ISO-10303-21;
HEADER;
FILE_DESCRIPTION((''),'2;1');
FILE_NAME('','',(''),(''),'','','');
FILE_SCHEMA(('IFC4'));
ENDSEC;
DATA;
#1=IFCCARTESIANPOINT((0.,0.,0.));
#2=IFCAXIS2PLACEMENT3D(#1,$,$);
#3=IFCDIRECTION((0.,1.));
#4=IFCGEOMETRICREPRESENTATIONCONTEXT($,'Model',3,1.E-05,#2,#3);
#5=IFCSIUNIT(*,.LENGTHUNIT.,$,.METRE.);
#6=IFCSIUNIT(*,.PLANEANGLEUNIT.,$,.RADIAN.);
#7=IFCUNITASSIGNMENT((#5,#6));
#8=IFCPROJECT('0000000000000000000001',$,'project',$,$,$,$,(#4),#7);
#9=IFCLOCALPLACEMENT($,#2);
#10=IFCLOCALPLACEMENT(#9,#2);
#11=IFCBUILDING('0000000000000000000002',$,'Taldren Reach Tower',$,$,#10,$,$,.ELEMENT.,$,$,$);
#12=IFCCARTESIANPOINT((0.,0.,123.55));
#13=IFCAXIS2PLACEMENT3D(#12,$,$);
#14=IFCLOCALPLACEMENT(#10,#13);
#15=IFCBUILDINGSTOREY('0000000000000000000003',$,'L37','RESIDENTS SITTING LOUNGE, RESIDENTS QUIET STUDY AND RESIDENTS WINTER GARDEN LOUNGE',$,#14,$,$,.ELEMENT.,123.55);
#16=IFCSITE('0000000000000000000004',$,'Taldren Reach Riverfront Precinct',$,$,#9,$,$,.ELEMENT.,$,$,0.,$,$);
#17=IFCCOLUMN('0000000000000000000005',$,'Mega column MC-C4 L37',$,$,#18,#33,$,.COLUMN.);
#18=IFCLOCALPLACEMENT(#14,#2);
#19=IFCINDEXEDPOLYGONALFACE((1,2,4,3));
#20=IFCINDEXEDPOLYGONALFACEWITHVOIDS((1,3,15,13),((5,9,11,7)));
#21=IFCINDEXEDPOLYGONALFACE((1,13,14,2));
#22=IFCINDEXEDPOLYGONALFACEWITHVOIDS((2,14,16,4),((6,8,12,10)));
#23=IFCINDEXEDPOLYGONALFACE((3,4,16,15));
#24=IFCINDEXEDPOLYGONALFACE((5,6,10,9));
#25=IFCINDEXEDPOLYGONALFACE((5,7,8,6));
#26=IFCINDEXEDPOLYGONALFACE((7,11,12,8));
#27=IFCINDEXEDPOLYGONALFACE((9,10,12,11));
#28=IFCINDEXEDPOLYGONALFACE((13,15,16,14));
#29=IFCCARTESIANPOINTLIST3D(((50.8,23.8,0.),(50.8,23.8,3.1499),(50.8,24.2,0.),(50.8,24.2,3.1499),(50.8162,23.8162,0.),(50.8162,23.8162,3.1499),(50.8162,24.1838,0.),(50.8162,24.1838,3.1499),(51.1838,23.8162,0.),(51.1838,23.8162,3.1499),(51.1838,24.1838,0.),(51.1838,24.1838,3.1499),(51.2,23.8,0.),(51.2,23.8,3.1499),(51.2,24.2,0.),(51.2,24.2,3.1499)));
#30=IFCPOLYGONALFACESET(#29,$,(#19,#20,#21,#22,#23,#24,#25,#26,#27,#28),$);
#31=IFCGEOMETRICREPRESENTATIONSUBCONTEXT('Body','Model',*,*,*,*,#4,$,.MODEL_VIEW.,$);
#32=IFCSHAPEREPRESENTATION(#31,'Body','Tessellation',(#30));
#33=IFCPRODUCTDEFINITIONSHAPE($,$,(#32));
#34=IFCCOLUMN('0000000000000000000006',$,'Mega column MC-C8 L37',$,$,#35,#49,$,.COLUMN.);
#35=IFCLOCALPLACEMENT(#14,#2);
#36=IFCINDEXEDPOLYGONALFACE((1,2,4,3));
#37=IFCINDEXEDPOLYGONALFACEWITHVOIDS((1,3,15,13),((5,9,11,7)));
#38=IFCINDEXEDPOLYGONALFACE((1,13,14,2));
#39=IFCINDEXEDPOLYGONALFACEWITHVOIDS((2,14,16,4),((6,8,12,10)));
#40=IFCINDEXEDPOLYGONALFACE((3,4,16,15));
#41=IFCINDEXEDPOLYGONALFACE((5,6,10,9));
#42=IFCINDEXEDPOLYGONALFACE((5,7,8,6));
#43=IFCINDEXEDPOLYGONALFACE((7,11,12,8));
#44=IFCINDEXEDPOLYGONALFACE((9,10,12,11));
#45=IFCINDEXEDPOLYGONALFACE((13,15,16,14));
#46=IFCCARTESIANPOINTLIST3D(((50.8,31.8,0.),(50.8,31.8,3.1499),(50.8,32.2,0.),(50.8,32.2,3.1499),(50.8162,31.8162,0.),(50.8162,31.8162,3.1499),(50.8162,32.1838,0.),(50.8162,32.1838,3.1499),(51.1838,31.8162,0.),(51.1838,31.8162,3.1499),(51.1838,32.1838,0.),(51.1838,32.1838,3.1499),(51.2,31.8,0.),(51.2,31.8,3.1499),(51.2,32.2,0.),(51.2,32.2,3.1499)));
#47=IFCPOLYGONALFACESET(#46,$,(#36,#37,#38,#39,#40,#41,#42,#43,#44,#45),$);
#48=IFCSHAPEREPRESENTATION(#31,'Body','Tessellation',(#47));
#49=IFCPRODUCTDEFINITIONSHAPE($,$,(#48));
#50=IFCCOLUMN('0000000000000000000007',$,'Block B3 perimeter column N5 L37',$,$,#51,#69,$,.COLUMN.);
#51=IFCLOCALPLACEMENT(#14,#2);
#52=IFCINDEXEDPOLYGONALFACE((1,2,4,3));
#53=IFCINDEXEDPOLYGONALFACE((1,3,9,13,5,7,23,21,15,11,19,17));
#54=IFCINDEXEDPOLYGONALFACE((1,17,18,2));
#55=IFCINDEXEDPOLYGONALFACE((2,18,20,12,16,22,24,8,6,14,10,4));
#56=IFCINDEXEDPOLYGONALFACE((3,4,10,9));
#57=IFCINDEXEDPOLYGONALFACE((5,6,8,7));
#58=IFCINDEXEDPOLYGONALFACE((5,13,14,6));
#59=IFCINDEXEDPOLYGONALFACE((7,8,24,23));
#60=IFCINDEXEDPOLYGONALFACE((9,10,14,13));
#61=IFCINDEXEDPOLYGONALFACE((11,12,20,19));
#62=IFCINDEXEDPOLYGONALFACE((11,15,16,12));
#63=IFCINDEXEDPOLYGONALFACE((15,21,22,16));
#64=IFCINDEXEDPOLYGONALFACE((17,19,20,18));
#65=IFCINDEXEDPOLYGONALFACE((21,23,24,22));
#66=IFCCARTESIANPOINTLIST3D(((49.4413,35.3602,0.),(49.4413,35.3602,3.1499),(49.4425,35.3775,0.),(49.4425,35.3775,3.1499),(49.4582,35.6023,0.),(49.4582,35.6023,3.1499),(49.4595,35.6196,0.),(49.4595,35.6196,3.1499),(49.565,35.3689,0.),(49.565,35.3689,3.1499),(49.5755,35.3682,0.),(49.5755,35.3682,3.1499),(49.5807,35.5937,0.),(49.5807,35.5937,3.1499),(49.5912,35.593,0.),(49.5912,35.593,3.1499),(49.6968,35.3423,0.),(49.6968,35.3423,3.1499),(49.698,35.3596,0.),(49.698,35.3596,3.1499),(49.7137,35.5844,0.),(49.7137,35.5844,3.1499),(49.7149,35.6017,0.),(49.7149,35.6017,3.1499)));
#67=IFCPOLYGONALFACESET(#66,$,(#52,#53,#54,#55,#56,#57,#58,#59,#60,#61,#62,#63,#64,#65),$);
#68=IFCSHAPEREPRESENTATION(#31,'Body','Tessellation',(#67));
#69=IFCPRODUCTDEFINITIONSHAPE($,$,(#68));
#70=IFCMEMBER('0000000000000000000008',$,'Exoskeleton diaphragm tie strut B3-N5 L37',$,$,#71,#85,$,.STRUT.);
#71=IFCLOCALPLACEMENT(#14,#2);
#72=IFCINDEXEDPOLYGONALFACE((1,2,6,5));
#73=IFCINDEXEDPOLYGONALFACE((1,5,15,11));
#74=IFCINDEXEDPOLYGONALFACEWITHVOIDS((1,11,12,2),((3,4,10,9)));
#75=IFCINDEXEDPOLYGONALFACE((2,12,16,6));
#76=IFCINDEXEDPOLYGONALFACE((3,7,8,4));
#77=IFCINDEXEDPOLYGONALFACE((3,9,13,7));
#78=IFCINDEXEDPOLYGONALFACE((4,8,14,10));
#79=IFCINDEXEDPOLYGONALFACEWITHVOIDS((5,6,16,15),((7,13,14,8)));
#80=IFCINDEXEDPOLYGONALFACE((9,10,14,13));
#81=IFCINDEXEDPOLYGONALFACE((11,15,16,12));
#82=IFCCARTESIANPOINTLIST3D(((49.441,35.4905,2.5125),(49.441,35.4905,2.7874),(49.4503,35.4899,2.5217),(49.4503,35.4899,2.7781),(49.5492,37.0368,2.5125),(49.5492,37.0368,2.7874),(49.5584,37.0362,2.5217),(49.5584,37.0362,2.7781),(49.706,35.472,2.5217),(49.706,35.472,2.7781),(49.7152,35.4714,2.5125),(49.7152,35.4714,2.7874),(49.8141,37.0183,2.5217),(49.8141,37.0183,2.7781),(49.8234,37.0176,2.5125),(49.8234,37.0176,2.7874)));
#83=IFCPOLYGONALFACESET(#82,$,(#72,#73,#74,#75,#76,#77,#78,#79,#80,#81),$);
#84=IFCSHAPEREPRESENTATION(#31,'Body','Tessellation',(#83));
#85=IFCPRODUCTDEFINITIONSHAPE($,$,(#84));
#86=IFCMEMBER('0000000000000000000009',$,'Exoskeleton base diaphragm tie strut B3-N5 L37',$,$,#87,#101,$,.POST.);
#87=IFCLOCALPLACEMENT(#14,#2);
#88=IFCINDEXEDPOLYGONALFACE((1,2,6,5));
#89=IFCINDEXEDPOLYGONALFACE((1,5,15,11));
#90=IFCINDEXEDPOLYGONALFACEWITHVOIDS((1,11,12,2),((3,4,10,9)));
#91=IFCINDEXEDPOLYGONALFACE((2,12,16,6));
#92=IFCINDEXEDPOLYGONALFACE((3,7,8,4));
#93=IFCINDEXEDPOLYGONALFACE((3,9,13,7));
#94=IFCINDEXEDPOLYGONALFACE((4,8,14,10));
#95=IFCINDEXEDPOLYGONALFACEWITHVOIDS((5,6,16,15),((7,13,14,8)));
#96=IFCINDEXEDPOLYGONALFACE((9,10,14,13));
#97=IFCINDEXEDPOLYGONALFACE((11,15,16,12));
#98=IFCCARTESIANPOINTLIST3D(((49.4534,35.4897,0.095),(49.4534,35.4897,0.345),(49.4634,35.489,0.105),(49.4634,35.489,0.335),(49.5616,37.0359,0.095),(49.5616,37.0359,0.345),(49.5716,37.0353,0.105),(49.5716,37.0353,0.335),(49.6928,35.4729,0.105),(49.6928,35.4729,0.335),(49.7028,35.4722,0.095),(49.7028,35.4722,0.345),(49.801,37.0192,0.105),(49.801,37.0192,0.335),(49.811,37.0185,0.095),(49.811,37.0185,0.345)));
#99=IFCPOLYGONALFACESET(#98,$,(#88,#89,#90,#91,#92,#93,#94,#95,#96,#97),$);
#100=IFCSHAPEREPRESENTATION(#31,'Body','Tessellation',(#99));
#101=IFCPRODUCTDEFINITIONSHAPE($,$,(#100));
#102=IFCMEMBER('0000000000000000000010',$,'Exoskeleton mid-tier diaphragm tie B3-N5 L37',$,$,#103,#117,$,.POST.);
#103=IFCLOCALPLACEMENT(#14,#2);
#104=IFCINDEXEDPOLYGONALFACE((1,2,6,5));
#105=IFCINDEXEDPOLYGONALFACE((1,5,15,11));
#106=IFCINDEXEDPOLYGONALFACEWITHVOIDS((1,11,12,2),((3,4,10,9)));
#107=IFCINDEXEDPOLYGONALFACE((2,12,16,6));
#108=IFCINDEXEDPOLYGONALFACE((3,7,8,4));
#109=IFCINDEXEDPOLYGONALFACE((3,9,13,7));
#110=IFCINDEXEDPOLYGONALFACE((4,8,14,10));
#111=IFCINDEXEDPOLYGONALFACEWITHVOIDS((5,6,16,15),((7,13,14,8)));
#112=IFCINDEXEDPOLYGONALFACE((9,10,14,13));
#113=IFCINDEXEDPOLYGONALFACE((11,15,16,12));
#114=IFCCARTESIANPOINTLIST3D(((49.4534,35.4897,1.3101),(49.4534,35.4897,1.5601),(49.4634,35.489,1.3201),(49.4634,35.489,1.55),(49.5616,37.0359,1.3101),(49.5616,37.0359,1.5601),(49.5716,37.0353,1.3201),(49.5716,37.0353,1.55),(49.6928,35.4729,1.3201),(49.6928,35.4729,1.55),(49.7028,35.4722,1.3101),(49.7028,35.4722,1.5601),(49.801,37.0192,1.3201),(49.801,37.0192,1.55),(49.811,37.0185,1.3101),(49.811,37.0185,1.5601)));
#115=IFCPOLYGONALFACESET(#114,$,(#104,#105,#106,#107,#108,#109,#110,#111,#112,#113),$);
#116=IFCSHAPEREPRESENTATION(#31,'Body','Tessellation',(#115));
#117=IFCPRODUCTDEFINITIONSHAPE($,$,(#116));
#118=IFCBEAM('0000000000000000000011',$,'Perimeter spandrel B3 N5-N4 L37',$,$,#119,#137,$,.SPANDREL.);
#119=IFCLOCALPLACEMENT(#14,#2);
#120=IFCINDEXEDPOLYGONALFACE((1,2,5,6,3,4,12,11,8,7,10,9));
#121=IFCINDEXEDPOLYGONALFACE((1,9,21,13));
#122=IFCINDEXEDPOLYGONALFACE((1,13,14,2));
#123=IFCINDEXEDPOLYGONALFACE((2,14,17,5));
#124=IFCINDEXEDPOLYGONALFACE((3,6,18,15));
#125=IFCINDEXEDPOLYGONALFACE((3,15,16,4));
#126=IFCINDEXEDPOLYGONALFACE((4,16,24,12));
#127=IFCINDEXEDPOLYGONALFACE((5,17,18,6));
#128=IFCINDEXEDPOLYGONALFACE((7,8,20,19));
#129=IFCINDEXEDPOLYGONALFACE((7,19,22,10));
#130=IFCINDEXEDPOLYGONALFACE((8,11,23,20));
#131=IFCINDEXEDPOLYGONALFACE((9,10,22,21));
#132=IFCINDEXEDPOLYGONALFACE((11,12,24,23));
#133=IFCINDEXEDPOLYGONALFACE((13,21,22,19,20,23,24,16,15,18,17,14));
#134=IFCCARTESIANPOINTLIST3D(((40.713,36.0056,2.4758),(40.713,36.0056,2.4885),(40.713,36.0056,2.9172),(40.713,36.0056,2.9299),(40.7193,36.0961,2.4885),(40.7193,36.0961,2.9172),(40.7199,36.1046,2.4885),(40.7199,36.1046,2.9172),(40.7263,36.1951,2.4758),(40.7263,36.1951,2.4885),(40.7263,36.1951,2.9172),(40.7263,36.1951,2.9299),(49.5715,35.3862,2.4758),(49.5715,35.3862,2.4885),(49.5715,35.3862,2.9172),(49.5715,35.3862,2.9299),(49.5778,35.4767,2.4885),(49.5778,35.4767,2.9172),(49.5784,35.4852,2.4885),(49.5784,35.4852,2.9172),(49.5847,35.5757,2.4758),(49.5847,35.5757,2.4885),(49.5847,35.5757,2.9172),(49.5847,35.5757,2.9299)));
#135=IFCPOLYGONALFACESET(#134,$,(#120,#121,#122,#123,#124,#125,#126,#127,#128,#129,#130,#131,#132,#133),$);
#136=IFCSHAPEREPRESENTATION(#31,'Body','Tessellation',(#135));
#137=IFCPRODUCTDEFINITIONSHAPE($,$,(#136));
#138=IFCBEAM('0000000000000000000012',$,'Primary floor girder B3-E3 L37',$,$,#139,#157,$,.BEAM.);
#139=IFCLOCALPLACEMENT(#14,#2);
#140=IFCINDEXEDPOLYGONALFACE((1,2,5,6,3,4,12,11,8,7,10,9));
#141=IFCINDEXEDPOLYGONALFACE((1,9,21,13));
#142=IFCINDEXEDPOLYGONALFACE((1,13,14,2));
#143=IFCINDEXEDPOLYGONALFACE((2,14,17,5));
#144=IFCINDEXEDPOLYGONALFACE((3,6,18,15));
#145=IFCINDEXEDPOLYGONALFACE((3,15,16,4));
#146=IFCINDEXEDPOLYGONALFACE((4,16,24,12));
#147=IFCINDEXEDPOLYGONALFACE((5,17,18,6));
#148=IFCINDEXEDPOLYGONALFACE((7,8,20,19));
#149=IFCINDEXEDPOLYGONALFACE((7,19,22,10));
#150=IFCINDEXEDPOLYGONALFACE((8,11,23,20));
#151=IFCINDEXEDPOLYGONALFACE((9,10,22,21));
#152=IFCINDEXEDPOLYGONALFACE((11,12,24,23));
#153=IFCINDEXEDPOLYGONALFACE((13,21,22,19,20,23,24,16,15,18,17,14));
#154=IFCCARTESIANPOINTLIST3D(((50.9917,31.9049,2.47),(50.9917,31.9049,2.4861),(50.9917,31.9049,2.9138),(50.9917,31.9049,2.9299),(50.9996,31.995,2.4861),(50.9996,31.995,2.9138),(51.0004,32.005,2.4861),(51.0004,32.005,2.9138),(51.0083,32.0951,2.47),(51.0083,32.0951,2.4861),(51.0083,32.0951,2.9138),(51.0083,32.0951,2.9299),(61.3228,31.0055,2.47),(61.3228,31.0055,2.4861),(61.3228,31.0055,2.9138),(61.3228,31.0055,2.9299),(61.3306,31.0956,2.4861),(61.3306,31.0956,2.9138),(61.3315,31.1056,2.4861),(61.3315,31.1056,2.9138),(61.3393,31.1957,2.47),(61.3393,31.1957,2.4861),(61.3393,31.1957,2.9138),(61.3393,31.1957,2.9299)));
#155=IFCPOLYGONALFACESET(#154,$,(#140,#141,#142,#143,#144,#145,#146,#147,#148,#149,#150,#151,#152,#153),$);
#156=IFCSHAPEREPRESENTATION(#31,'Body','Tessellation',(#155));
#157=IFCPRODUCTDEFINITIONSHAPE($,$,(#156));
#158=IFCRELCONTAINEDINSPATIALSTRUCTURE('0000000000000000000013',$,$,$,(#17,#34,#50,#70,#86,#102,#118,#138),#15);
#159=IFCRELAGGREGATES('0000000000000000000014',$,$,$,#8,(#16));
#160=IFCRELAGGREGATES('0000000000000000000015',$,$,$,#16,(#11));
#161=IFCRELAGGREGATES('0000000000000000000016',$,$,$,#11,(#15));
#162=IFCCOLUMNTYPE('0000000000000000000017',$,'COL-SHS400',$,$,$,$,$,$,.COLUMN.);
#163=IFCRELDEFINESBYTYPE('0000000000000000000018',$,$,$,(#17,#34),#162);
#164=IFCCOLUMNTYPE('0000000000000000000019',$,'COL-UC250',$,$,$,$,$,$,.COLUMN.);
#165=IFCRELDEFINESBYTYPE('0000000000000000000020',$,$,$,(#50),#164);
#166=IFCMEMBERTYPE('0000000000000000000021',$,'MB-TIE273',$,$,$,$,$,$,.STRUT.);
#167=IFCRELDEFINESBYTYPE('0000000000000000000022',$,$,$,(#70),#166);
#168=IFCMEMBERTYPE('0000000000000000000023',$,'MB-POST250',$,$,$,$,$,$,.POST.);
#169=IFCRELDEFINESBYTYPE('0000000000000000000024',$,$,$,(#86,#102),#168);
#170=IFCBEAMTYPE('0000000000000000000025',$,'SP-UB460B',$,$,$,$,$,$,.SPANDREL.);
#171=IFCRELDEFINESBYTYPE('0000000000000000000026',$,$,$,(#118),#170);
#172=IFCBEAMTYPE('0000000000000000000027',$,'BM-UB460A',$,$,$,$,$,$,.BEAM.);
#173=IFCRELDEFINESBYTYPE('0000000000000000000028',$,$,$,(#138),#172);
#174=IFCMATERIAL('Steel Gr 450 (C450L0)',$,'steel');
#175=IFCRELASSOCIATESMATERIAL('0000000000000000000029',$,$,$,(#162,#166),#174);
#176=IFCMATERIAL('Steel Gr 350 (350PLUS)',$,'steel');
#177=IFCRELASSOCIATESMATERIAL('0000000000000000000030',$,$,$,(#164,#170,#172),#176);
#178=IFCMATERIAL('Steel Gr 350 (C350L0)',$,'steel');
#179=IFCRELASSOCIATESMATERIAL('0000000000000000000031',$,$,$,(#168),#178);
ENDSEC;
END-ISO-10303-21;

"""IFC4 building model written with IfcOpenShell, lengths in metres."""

from ifc_helpers import new_model, si_unit, direction, frame, origin, origin_2d, place, context, subcontext, project, spatial, hollow_rectangle, i_section, extrude, source, transform, mapped, material, material_profile, profile_set, type_object, element, save


model = new_model("IFC4")

# Units and contexts
model_context = context("Model", 3, precision=1e-05, world=origin(), true_north=direction((0.0, 1.0)))
body_context = subcontext(model_context, "Body", "Model", "MODEL_VIEW")
ifc_project = project(units=[si_unit("LENGTHUNIT", "METRE"), si_unit("PLANEANGLEUNIT", "RADIAN")], contexts=[model_context])

# Site, building, storey
site_placement = place(None, origin())
site = spatial("IfcSite", under=ifc_project, at=site_placement, Name="Taldren Reach Riverfront Precinct", CompositionType="ELEMENT", RefElevation=0.0)
building_placement = place(site_placement, origin())
building = spatial("IfcBuilding", under=site, at=building_placement, Name="Taldren Reach Tower", CompositionType="ELEMENT")
storey_placement = place(building_placement, frame((0.0, 0.0, 123.55)))
storey = spatial("IfcBuildingStorey", under=building, at=storey_placement, Name="L37", Description="RESIDENTS SITTING LOUNGE, RESIDENTS QUIET STUDY AND RESIDENTS WINTER GARDEN LOUNGE", CompositionType="ELEMENT", Elevation=123.55)

# Columns
ifc_material_1 = material(Name="Steel Gr 450 (C450L0)", Category="steel")
ifc_material_profile_1 = material_profile(ifc_material_1, hollow_rectangle(XDim=0.3999, YDim=0.3999, WallThickness=0.0161, at=origin_2d()), Name="400x400x16.0SHS")
ifc_profile_set_1 = profile_set([ifc_material_profile_1], Name="Steel Gr 450 (C450L0)")
column_type_1 = type_object("IfcColumnType", Name="COL-SHS400", PredefinedType="COLUMN", material=ifc_profile_set_1)
shared_shape_1 = source(origin(), body_context, "Body", "SweptSolid", [
    extrude(hollow_rectangle(XDim=0.3999, YDim=0.3999, WallThickness=0.0161, at=origin_2d()), origin(), (0.0, 0.0, 1.0), 3.1499),
])
for number, where, z_axis, x_axis, name in (
    (1, (51.0, 24.0, 0.0), (0.0, 0.0, 1.0), (1.0, 0.0, 0.0), "Mega column MC-C4 L37"),
    (2, (51.0, 32.0, 0.0), (0.0, 0.0, 1.0), (1.0, 0.0, 0.0), "Mega column MC-C8 L37"),
):
    element("IfcColumn", number, at=place(storey_placement, frame(where, z_axis=z_axis, x_axis=x_axis)), inside=storey, type_object=column_type_1, Name=name, PredefinedType="COLUMN", context=body_context, shape_type="MappedRepresentation", body=[
        mapped(shared_shape_1, transform((0.0, 0.0, 0.0), scale=1.0)),
    ])
ifc_material_2 = material(Name="Steel Gr 350 (350PLUS)", Category="steel")
ifc_material_profile_2 = material_profile(ifc_material_2, i_section(OverallWidth=0.2561, OverallDepth=0.26, WebThickness=0.0105, FlangeThickness=0.0173, at=origin_2d()), Name="250UC89.5")
ifc_profile_set_2 = profile_set([ifc_material_profile_2], Name="Steel Gr 350 (350PLUS)")
column_type_2 = type_object("IfcColumnType", Name="COL-UC250", PredefinedType="COLUMN", material=ifc_profile_set_2)
shared_shape_2 = source(origin(), body_context, "Body", "SweptSolid", [
    extrude(i_section(OverallWidth=0.2561, OverallDepth=0.26, WebThickness=0.0105, FlangeThickness=0.0173, at=origin_2d()), origin(), (0.0, 0.0, 1.0), 3.1499),
])
column_placement = place(storey_placement, frame((49.5781, 35.481, 0.0), z_axis=(0.0, 0.0, 1.0), x_axis=(0.997564, -0.069756, 0.0)))
element("IfcColumn", 3, at=column_placement, inside=storey, type_object=column_type_2, Name="Block B3 perimeter column N5 L37", PredefinedType="COLUMN", context=body_context, shape_type="MappedRepresentation", body=[
    mapped(shared_shape_2, transform((0.0, 0.0, 0.0), scale=1.0)),
])

# Members
ifc_material_profile_3 = material_profile(ifc_material_1, hollow_rectangle(XDim=0.2749, YDim=0.2749, WallThickness=0.0093, at=origin_2d()), Name="275x275x9.3SHS")
ifc_profile_set_3 = profile_set([ifc_material_profile_3], Name="Steel Gr 450 (C450L0)")
member_type_1 = type_object("IfcMemberType", Name="MB-TIE273", PredefinedType="STRUT", material=ifc_profile_set_3)
shared_shape_3 = source(origin(), body_context, "Body", "SweptSolid", [
    extrude(hollow_rectangle(XDim=0.2749, YDim=0.2749, WallThickness=0.0093, at=origin_2d()), origin(), (0.0, 0.0, 1.0), 1.55),
])
member_1_placement = place(storey_placement, frame((49.5781, 35.481, 2.6499), z_axis=(0.06977, 0.997563, 0.0), x_axis=(-0.997563, 0.06977, 0.0)))
element("IfcMember", 4, at=member_1_placement, inside=storey, type_object=member_type_1, Name="Exoskeleton diaphragm tie strut B3-N5 L37", PredefinedType="STRUT", context=body_context, shape_type="MappedRepresentation", body=[
    mapped(shared_shape_3, transform((0.0, 0.0, 0.0), scale=1.0)),
])
ifc_material_3 = material(Name="Steel Gr 350 (C350L0)", Category="steel")
ifc_material_profile_4 = material_profile(ifc_material_3, hollow_rectangle(XDim=0.25, YDim=0.25, WallThickness=0.01, at=origin_2d()), Name="250x250x10.0SHS")
ifc_profile_set_4 = profile_set([ifc_material_profile_4], Name="Steel Gr 350 (C350L0)")
member_type_2 = type_object("IfcMemberType", Name="MB-POST250", PredefinedType="POST", material=ifc_profile_set_4)
shared_shape_4 = source(origin(), body_context, "Body", "SweptSolid", [
    extrude(hollow_rectangle(XDim=0.25, YDim=0.25, WallThickness=0.01, at=origin_2d()), origin(), (0.0, 0.0, 1.0), 1.55),
])
for number, where, z_axis, x_axis, name in (
    (5, (49.5781, 35.481, 0.22), (0.06977, 0.997563, 0.0), (-0.997563, 0.06977, 0.0), "Exoskeleton base diaphragm tie strut B3-N5 L37"),
    (6, (49.5781, 35.481, 1.4351), (0.06977, 0.997563, 0.0), (-0.997563, 0.06977, 0.0), "Exoskeleton mid-tier diaphragm tie B3-N5 L37"),
):
    element("IfcMember", number, at=place(storey_placement, frame(where, z_axis=z_axis, x_axis=x_axis)), inside=storey, type_object=member_type_2, Name=name, PredefinedType="POST", context=body_context, shape_type="MappedRepresentation", body=[
        mapped(shared_shape_4, transform((0.0, 0.0, 0.0), scale=1.0)),
    ])

# Beams
ifc_material_profile_5 = material_profile(ifc_material_2, i_section(OverallWidth=0.1899, OverallDepth=0.4541, WebThickness=0.0085, FlangeThickness=0.0127, at=origin_2d()), Name="460UB67.1")
ifc_profile_set_5 = profile_set([ifc_material_profile_5], Name="Steel Gr 350 (350PLUS)")
beam_type_1 = type_object("IfcBeamType", Name="SP-UB460B", PredefinedType="SPANDREL", material=ifc_profile_set_5)
shared_shape_5 = source(origin(), body_context, "Body", "SweptSolid", [
    extrude(i_section(OverallWidth=0.1899, OverallDepth=0.4541, WebThickness=0.0085, FlangeThickness=0.0127, at=origin_2d()), origin(), (0.0, 0.0, 1.0), 8.8801),
])
beam_1_placement = place(storey_placement, frame((49.5781, 35.481, 2.7029), z_axis=(-0.997564, 0.06975, 0.0), x_axis=(-0.06975, -0.997564, 0.0)))
element("IfcBeam", 7, at=beam_1_placement, inside=storey, type_object=beam_type_1, Name="Perimeter spandrel B3 N5-N4 L37", PredefinedType="SPANDREL", context=body_context, shape_type="MappedRepresentation", body=[
    mapped(shared_shape_5, transform((0.0, 0.0, 0.0), scale=1.0)),
])
ifc_material_profile_6 = material_profile(ifc_material_2, i_section(OverallWidth=0.1909, OverallDepth=0.46, WebThickness=0.01, FlangeThickness=0.0161, at=origin_2d()), Name="460UB82.1")
ifc_profile_set_6 = profile_set([ifc_material_profile_6], Name="Steel Gr 350 (350PLUS)")
beam_type_2 = type_object("IfcBeamType", Name="BM-UB460A", PredefinedType="BEAM", material=ifc_profile_set_6)
shared_shape_6 = source(origin(), body_context, "Body", "SweptSolid", [
    extrude(i_section(OverallWidth=0.1909, OverallDepth=0.46, WebThickness=0.01, FlangeThickness=0.0161, at=origin_2d()), origin(), (0.0, 0.0, 1.0), 10.3701),
])
beam_2_placement = place(storey_placement, frame((51.0, 32.0, 2.7), z_axis=(0.996232, -0.086731, 0.0), x_axis=(0.086731, 0.996232, 0.0)))
element("IfcBeam", 8, at=beam_2_placement, inside=storey, type_object=beam_type_2, Name="Primary floor girder B3-E3 L37", PredefinedType="BEAM", context=body_context, shape_type="MappedRepresentation", body=[
    mapped(shared_shape_6, transform((0.0, 0.0, 0.0), scale=1.0)),
])

save(model, "model.ifc")
